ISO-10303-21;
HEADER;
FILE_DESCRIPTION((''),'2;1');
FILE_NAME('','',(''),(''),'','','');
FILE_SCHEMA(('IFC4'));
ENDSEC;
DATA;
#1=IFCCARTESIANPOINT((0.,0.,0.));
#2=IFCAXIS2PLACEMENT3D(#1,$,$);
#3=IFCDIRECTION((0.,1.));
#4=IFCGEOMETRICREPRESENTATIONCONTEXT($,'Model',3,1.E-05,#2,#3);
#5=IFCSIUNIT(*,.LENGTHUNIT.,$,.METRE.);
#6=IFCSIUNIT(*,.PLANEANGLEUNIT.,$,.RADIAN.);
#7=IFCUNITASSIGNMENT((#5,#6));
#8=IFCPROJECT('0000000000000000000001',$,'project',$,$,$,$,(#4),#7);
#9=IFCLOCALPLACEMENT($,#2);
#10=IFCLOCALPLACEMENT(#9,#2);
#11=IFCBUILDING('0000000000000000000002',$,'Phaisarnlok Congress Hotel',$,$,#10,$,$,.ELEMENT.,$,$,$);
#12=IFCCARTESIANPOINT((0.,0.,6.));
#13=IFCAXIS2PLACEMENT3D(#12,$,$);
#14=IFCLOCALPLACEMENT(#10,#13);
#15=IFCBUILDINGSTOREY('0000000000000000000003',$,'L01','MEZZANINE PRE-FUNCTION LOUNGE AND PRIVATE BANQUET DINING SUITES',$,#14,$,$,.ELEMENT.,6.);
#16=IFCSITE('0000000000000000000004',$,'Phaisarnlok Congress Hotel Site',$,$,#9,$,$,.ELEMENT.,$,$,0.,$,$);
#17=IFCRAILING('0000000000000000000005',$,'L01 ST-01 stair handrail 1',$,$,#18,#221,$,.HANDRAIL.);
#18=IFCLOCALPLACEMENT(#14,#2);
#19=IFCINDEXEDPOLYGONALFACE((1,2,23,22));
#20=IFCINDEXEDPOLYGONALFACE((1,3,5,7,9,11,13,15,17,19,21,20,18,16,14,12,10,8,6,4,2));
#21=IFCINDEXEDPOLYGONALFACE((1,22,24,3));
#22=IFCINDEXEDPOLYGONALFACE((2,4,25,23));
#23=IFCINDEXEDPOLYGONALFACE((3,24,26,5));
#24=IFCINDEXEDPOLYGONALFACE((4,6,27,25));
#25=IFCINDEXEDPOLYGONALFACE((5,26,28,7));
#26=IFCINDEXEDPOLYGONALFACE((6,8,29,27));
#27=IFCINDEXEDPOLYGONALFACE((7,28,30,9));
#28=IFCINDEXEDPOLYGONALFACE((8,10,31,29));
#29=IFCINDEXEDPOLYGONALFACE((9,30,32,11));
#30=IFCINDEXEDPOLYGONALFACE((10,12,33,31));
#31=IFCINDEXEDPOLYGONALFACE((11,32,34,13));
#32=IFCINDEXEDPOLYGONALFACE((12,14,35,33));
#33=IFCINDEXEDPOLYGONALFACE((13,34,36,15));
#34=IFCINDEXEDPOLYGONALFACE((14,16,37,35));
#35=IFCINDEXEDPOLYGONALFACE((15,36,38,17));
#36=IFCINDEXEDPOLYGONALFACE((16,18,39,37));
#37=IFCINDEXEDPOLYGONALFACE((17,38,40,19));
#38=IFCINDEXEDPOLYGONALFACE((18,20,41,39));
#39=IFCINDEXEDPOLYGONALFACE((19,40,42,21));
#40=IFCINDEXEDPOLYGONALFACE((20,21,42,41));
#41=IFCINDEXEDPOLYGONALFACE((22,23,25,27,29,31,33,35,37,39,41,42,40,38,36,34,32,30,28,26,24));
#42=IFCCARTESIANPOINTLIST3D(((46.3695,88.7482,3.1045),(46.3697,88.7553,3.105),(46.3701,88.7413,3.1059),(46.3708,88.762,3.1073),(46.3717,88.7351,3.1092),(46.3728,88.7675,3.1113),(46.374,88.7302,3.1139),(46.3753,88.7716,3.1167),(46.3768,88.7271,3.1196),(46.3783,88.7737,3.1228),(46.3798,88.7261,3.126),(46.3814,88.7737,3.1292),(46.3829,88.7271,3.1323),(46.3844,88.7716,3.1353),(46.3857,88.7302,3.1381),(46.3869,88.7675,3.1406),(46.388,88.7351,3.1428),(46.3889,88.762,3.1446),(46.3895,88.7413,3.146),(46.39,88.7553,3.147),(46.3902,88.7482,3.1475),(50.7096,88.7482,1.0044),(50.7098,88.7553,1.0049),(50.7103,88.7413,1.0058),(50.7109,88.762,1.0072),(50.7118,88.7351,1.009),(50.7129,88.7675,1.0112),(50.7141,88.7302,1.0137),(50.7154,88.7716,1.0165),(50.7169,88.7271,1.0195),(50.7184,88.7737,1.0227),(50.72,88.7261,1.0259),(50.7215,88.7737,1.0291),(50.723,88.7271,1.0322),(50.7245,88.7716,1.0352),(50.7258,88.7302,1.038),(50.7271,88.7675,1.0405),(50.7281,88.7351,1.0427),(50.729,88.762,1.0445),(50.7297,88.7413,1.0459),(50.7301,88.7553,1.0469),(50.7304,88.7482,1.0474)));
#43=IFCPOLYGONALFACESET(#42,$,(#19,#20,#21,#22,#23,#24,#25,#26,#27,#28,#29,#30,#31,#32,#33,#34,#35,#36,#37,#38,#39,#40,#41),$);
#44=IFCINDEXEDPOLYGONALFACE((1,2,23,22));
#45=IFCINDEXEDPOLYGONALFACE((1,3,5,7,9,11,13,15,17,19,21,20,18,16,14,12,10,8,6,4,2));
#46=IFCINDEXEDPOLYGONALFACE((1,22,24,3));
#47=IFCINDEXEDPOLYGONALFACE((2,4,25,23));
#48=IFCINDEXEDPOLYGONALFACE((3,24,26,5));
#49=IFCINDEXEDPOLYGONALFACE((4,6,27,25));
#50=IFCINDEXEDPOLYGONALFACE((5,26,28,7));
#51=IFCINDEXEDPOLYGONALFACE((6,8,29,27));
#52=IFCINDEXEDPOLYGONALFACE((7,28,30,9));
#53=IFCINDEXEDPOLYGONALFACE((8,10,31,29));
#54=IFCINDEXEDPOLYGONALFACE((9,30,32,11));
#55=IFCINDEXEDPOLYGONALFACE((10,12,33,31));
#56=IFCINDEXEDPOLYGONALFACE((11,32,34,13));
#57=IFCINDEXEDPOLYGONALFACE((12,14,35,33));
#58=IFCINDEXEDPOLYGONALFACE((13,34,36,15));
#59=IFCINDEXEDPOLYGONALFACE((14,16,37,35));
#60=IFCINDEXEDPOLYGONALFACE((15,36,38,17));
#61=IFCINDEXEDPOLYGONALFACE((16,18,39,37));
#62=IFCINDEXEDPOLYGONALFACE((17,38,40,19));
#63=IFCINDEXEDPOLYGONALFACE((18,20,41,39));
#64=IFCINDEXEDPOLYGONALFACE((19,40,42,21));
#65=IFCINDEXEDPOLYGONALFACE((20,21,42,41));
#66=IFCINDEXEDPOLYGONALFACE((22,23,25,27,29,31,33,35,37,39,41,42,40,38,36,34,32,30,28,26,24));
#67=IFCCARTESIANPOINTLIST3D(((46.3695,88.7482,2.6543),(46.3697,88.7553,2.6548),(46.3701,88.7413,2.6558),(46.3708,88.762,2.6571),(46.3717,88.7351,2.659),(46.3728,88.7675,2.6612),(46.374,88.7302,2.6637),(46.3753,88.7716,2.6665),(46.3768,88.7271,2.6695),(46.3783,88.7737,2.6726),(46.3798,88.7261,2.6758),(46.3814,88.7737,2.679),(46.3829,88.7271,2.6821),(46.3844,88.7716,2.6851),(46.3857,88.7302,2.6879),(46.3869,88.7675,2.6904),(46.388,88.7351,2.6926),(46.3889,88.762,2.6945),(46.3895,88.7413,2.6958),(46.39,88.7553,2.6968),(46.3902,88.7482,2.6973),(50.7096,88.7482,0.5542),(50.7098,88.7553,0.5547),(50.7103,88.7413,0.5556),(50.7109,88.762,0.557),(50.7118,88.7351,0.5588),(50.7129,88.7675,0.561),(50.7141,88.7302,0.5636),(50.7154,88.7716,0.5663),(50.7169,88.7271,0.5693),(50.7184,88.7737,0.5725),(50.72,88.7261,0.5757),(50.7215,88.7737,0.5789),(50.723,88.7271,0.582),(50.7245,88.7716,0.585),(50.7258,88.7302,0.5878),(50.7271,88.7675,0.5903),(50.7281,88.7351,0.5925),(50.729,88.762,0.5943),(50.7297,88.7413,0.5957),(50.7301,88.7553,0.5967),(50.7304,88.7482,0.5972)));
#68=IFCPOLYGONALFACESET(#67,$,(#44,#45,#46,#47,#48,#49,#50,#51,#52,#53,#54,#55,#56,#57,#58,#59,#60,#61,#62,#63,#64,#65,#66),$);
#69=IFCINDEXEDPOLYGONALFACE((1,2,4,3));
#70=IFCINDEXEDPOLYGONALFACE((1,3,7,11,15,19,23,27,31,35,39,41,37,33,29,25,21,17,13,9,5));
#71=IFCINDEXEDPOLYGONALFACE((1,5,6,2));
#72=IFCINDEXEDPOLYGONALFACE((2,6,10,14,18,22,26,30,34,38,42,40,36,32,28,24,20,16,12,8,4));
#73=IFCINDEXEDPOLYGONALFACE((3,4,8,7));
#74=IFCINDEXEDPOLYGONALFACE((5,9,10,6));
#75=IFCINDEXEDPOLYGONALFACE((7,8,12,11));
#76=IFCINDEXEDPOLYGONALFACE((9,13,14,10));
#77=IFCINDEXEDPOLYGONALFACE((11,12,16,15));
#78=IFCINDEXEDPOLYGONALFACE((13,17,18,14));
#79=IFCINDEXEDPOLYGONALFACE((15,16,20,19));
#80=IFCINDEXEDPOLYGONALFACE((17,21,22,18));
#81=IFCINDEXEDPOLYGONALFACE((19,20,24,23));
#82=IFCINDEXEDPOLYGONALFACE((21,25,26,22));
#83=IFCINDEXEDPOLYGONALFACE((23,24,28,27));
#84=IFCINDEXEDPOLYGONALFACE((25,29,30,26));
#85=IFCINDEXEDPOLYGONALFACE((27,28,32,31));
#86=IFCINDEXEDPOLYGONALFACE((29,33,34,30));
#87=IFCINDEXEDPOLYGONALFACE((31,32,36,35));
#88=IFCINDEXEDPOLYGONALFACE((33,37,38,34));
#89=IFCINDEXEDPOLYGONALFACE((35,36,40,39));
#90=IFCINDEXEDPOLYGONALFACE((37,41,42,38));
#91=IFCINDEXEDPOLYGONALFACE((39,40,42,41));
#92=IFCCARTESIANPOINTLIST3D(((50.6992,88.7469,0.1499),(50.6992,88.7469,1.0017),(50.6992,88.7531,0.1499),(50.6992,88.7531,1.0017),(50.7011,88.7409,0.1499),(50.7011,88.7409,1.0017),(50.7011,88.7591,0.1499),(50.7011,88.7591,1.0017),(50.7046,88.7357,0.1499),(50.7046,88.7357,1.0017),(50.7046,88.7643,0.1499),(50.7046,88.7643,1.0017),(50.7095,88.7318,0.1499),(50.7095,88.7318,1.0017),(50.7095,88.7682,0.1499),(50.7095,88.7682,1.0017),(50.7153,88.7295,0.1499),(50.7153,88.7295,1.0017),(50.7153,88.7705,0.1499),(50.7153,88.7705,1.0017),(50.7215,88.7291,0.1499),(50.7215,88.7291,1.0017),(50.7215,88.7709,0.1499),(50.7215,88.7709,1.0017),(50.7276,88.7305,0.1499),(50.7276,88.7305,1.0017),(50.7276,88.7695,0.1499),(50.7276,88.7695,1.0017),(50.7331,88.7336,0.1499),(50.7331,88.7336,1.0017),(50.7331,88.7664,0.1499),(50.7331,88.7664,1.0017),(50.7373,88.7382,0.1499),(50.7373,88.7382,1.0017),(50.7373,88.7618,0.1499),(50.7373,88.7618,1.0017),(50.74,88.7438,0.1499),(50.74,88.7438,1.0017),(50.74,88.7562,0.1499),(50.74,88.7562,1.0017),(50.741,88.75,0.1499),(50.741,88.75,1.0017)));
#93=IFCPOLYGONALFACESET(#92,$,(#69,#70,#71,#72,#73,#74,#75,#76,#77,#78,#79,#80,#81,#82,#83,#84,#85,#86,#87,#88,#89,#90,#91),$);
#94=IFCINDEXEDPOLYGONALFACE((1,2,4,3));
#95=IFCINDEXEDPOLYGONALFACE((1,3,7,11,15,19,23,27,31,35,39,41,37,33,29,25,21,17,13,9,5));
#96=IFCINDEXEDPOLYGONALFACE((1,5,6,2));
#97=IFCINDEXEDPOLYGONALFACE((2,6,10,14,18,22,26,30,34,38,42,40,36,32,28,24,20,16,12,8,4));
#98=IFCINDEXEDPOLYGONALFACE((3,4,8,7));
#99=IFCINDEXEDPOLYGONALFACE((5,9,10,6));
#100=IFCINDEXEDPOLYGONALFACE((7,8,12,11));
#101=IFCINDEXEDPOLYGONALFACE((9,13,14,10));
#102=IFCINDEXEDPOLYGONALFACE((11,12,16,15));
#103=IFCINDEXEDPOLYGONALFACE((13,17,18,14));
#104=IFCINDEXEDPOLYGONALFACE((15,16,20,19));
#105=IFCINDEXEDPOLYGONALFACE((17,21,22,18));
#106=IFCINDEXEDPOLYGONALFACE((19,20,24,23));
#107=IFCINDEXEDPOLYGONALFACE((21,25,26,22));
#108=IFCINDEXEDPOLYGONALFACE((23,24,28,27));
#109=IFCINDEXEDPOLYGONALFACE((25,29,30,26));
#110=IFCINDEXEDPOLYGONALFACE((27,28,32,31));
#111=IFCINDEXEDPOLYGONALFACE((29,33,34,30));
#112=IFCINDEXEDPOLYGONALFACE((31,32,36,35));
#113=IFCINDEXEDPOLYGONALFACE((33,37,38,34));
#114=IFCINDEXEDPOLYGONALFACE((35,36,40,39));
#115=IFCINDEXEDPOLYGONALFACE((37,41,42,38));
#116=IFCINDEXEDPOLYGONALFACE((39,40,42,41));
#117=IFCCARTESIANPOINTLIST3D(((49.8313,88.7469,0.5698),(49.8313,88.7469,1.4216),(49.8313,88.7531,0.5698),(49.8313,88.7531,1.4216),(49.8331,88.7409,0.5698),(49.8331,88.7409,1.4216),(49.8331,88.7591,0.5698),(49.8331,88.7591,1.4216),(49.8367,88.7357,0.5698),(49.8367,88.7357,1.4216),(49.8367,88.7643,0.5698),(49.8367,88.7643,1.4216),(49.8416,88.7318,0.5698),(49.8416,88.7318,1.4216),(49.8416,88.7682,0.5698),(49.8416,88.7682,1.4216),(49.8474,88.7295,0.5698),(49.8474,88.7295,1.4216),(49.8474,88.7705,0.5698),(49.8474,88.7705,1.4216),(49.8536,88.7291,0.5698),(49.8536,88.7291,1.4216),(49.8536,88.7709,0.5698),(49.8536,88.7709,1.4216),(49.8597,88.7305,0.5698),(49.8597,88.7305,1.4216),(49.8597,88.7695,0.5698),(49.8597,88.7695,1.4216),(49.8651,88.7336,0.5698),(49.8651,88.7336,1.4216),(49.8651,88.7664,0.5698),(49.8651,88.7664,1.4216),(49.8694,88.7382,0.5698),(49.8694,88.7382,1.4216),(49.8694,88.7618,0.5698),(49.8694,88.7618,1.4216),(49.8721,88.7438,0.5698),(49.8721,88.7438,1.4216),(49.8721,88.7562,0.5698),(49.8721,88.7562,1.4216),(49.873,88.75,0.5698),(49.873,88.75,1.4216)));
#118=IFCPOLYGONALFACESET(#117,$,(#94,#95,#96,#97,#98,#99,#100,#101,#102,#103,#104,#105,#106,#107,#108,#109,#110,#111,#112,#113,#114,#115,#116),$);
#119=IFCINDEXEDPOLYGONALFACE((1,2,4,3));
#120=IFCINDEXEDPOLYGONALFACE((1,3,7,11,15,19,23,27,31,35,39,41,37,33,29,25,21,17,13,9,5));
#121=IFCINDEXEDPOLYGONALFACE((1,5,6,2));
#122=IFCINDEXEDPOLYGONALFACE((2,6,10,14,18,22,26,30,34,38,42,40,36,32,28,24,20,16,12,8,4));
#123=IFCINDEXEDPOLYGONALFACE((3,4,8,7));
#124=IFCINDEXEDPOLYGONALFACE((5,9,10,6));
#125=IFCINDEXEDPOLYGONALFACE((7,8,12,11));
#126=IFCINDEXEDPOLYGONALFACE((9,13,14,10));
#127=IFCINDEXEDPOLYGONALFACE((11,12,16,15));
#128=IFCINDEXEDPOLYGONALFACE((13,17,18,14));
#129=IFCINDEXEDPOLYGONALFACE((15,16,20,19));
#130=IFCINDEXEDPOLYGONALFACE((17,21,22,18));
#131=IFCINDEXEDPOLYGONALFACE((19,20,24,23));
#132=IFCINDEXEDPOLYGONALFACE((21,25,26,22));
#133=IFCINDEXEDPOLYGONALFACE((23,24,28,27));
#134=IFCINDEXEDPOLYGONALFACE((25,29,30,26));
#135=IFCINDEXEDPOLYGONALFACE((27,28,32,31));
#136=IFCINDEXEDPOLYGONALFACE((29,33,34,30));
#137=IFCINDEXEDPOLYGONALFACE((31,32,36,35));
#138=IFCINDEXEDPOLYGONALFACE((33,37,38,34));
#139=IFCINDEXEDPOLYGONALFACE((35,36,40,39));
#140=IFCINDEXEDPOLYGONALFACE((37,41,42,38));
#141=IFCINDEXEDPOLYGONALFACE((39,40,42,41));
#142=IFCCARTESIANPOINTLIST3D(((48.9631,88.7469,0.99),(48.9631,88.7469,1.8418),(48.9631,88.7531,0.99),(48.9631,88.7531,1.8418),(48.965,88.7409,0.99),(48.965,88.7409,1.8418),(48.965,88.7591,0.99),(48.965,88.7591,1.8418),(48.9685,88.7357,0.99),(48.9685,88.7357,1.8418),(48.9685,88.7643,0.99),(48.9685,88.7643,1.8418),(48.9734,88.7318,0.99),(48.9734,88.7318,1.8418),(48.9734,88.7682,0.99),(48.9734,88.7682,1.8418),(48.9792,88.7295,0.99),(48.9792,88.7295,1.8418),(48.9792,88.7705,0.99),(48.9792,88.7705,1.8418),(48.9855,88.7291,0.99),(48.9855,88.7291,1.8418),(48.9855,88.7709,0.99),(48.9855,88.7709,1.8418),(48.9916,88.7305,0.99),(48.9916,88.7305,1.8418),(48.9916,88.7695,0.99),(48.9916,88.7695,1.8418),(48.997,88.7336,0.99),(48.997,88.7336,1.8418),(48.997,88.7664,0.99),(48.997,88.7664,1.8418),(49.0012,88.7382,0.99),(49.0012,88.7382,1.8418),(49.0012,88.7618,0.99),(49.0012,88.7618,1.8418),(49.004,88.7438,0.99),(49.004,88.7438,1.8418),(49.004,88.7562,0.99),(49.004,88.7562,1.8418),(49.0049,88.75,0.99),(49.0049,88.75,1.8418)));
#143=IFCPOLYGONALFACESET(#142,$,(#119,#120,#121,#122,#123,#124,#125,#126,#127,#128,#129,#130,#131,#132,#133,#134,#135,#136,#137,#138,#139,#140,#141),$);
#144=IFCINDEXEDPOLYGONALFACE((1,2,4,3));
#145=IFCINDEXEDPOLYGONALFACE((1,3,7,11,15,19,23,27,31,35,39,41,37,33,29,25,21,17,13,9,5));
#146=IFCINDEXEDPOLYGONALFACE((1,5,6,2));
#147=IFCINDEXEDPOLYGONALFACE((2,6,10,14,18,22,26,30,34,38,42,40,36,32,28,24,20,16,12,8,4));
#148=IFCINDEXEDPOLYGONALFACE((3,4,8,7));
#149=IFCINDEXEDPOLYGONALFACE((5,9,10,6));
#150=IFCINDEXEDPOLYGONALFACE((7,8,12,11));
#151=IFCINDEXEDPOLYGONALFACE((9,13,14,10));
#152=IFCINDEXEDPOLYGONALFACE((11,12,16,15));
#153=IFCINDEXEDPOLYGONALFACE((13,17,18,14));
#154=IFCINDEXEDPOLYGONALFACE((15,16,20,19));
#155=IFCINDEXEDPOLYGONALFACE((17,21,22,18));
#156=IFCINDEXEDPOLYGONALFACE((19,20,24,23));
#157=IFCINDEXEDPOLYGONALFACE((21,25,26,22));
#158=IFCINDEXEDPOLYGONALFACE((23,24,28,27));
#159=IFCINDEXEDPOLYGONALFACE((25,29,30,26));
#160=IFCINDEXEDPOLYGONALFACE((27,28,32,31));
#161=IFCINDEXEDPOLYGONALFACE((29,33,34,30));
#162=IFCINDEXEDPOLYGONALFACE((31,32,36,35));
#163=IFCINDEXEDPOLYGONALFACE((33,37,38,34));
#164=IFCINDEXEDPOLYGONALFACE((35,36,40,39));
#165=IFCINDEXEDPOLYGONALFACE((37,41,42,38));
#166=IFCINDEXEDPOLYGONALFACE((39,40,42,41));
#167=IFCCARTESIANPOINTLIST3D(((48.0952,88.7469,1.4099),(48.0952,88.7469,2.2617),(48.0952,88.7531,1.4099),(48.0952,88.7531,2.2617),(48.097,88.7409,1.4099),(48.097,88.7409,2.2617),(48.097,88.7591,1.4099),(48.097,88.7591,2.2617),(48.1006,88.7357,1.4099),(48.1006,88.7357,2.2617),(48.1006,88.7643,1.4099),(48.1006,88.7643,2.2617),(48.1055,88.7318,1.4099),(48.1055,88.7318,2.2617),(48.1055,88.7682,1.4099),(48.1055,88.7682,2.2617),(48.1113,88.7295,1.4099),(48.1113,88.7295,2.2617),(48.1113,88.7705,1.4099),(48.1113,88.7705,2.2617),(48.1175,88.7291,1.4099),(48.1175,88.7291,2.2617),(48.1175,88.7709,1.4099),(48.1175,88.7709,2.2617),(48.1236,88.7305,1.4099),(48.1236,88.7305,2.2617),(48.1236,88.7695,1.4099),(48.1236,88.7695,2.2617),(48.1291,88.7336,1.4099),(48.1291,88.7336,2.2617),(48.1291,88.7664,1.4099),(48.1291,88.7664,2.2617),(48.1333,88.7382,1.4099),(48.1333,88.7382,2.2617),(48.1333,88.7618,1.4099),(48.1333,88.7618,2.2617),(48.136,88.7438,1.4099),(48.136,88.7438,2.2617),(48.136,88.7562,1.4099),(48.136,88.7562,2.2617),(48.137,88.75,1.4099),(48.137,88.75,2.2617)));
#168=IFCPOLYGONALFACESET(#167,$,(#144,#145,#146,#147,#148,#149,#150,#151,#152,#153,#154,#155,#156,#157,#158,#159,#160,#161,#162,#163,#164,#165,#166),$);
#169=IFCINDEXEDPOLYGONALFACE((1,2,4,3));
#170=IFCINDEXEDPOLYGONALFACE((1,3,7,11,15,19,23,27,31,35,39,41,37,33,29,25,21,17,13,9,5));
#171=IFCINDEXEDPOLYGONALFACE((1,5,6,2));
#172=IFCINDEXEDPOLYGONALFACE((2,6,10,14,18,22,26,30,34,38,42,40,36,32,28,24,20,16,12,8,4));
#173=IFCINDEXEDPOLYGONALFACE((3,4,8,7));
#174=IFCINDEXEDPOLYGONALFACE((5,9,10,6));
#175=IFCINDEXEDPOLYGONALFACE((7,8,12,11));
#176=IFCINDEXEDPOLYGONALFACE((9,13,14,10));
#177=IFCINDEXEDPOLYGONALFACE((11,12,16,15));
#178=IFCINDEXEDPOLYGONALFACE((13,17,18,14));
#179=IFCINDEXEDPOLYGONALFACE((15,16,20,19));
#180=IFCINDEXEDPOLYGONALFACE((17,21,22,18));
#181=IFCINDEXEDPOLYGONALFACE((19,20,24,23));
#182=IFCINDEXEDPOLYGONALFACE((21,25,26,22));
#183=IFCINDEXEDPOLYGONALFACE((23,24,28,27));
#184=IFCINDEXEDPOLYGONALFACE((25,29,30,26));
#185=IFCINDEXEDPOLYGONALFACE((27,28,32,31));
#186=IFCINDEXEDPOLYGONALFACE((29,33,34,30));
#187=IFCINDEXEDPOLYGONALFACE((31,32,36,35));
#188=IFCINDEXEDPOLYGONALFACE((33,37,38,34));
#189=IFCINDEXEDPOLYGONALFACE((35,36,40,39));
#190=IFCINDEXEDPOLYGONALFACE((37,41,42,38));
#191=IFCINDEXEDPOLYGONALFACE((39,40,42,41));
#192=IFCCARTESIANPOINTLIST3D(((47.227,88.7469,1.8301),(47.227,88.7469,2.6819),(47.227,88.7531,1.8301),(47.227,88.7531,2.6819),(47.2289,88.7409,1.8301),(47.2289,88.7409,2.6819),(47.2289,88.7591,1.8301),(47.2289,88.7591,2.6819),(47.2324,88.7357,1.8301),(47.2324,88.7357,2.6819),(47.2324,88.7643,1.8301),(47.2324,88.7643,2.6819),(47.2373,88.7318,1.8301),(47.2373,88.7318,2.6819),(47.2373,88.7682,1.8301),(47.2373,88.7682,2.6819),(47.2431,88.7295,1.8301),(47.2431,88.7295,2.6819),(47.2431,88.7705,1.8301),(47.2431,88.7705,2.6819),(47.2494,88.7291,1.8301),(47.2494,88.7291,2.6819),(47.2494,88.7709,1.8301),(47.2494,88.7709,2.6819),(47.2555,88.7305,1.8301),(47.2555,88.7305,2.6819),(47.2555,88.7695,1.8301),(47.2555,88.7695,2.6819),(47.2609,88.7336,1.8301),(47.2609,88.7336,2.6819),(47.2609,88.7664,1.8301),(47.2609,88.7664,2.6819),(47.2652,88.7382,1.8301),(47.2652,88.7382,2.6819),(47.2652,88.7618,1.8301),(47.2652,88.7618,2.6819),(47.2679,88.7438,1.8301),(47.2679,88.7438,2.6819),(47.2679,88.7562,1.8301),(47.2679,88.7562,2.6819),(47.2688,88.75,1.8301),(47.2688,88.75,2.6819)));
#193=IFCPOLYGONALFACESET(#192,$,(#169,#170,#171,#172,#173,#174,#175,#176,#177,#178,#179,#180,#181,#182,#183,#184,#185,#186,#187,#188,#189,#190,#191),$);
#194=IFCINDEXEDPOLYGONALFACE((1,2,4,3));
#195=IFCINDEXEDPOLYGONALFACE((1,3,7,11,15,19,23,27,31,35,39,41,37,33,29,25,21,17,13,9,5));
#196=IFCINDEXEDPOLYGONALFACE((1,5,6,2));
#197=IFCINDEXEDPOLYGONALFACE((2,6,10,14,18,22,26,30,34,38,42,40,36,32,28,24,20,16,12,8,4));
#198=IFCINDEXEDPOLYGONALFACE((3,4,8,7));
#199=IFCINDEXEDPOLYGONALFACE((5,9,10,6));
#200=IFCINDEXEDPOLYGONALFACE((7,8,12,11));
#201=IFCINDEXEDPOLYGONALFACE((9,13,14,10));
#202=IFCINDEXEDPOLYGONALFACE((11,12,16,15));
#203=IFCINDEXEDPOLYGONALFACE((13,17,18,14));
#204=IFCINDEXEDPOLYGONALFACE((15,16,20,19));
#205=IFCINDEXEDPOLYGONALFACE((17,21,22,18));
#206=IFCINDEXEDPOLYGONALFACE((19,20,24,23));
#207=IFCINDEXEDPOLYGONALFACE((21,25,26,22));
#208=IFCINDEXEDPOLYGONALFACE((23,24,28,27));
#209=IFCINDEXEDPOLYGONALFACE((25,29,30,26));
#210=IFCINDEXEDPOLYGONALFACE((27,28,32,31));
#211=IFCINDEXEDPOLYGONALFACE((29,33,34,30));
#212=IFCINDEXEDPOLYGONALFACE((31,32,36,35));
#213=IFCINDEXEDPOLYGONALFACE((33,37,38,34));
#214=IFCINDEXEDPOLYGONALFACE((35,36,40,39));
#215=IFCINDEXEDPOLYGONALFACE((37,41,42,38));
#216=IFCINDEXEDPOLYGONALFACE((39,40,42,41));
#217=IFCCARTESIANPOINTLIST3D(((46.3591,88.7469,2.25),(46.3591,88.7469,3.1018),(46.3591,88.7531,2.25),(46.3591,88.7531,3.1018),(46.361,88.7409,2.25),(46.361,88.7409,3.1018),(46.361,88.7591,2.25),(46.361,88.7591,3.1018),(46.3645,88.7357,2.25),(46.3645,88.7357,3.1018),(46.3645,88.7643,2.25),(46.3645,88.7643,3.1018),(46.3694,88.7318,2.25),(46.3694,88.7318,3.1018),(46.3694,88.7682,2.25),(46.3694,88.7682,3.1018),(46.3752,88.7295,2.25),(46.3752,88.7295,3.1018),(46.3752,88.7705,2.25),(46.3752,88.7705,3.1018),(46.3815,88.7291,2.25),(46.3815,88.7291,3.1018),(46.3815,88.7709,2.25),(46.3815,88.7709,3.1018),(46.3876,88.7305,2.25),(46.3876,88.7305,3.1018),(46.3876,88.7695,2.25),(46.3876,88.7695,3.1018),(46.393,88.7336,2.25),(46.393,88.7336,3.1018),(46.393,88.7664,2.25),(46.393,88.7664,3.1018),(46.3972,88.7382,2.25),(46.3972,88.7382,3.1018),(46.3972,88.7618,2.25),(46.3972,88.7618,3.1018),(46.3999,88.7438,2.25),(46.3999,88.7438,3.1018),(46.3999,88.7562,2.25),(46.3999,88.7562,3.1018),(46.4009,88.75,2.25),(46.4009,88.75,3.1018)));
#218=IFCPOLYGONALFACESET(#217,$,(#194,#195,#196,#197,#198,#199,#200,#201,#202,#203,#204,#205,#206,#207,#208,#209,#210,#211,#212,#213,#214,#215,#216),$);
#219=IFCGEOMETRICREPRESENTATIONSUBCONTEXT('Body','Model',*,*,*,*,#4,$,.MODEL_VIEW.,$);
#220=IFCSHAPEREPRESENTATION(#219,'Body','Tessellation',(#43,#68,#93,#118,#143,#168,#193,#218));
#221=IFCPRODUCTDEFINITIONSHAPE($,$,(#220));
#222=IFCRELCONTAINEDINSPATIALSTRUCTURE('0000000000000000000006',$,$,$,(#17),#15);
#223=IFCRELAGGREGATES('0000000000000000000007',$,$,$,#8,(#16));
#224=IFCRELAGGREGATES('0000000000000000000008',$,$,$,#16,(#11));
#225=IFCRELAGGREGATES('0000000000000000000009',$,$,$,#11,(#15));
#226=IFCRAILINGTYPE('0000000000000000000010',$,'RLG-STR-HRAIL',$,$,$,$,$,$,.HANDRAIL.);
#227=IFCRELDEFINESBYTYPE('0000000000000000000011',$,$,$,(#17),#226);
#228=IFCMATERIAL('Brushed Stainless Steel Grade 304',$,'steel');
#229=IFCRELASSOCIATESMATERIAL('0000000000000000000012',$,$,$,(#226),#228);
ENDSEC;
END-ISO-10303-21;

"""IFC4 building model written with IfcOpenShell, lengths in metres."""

from ifc_helpers import new_model, si_unit, direction, frame, origin, origin_2d, place, context, subcontext, project, spatial, circle, extrude, material, type_object, element, save


model = new_model("IFC4")

# Units and contexts
model_context = context("Model", 3, precision=1e-05, world=origin(), true_north=direction((0.0, 1.0)))
body_context = subcontext(model_context, "Body", "Model", "MODEL_VIEW")
ifc_project = project(units=[si_unit("LENGTHUNIT", "METRE"), si_unit("PLANEANGLEUNIT", "RADIAN")], contexts=[model_context])

# Site, building, storey
site_placement = place(None, origin())
site = spatial("IfcSite", under=ifc_project, at=site_placement, Name="Phaisarnlok Congress Hotel Site", CompositionType="ELEMENT", RefElevation=0.0)
building_placement = place(site_placement, origin())
building = spatial("IfcBuilding", under=site, at=building_placement, Name="Phaisarnlok Congress Hotel", CompositionType="ELEMENT")
storey_placement = place(building_placement, frame((0.0, 0.0, 6.0)))
storey = spatial("IfcBuildingStorey", under=building, at=storey_placement, Name="L01", Description="MEZZANINE PRE-FUNCTION LOUNGE AND PRIVATE BANQUET DINING SUITES", CompositionType="ELEMENT", Elevation=6.0)

# Shared definitions
ifc_material_1 = material(Name="Brushed Stainless Steel Grade 304", Category="steel")

# Railing
railing_type_1 = type_object("IfcRailingType", Name="RLG-STR-HRAIL", PredefinedType="HANDRAIL", material=ifc_material_1)
railing_1_placement = place(storey_placement, frame((50.72, 88.75, 0.1499)))
element("IfcRailing", 1, at=railing_1_placement, inside=storey, type_object=railing_type_1, Name="L01 ST-01 stair handrail 1", PredefinedType="HANDRAIL", context=body_context, shape_type="SweptSolid", body=[
    extrude(circle(Radius=0.0239, at=origin_2d()), frame((0.0, 0.0, 0.876), z_axis=(-0.900155, 0.0, 0.43557), x_axis=(0.0, -1.0, 0.0)), (0.0, 0.0, 1.0), 4.8215),
    extrude(circle(Radius=0.0239, at=origin_2d()), frame((0.0, 0.0, 0.4258), z_axis=(-0.900155, 0.0, 0.43557), x_axis=(0.0, -1.0, 0.0)), (0.0, 0.0, 1.0), 4.8215),
    extrude(circle(Radius=0.021, at=origin_2d()), origin(), (0.0, 0.0, 1.0), 0.8518),
    extrude(circle(Radius=0.021, at=origin_2d()), frame((-0.8679, 0.0, 0.4199)), (0.0, 0.0, 1.0), 0.8518),
    extrude(circle(Radius=0.021, at=origin_2d()), frame((-1.7361, 0.0, 0.8401)), (0.0, 0.0, 1.0), 0.8518),
    extrude(circle(Radius=0.021, at=origin_2d()), frame((-2.604, 0.0, 1.26)), (0.0, 0.0, 1.0), 0.8518),
    extrude(circle(Radius=0.021, at=origin_2d()), frame((-3.4722, 0.0, 1.6802)), (0.0, 0.0, 1.0), 0.8518),
    extrude(circle(Radius=0.021, at=origin_2d()), frame((-4.3401, 0.0, 2.1001)), (0.0, 0.0, 1.0), 0.8518),
])

save(model, "model.ifc")
